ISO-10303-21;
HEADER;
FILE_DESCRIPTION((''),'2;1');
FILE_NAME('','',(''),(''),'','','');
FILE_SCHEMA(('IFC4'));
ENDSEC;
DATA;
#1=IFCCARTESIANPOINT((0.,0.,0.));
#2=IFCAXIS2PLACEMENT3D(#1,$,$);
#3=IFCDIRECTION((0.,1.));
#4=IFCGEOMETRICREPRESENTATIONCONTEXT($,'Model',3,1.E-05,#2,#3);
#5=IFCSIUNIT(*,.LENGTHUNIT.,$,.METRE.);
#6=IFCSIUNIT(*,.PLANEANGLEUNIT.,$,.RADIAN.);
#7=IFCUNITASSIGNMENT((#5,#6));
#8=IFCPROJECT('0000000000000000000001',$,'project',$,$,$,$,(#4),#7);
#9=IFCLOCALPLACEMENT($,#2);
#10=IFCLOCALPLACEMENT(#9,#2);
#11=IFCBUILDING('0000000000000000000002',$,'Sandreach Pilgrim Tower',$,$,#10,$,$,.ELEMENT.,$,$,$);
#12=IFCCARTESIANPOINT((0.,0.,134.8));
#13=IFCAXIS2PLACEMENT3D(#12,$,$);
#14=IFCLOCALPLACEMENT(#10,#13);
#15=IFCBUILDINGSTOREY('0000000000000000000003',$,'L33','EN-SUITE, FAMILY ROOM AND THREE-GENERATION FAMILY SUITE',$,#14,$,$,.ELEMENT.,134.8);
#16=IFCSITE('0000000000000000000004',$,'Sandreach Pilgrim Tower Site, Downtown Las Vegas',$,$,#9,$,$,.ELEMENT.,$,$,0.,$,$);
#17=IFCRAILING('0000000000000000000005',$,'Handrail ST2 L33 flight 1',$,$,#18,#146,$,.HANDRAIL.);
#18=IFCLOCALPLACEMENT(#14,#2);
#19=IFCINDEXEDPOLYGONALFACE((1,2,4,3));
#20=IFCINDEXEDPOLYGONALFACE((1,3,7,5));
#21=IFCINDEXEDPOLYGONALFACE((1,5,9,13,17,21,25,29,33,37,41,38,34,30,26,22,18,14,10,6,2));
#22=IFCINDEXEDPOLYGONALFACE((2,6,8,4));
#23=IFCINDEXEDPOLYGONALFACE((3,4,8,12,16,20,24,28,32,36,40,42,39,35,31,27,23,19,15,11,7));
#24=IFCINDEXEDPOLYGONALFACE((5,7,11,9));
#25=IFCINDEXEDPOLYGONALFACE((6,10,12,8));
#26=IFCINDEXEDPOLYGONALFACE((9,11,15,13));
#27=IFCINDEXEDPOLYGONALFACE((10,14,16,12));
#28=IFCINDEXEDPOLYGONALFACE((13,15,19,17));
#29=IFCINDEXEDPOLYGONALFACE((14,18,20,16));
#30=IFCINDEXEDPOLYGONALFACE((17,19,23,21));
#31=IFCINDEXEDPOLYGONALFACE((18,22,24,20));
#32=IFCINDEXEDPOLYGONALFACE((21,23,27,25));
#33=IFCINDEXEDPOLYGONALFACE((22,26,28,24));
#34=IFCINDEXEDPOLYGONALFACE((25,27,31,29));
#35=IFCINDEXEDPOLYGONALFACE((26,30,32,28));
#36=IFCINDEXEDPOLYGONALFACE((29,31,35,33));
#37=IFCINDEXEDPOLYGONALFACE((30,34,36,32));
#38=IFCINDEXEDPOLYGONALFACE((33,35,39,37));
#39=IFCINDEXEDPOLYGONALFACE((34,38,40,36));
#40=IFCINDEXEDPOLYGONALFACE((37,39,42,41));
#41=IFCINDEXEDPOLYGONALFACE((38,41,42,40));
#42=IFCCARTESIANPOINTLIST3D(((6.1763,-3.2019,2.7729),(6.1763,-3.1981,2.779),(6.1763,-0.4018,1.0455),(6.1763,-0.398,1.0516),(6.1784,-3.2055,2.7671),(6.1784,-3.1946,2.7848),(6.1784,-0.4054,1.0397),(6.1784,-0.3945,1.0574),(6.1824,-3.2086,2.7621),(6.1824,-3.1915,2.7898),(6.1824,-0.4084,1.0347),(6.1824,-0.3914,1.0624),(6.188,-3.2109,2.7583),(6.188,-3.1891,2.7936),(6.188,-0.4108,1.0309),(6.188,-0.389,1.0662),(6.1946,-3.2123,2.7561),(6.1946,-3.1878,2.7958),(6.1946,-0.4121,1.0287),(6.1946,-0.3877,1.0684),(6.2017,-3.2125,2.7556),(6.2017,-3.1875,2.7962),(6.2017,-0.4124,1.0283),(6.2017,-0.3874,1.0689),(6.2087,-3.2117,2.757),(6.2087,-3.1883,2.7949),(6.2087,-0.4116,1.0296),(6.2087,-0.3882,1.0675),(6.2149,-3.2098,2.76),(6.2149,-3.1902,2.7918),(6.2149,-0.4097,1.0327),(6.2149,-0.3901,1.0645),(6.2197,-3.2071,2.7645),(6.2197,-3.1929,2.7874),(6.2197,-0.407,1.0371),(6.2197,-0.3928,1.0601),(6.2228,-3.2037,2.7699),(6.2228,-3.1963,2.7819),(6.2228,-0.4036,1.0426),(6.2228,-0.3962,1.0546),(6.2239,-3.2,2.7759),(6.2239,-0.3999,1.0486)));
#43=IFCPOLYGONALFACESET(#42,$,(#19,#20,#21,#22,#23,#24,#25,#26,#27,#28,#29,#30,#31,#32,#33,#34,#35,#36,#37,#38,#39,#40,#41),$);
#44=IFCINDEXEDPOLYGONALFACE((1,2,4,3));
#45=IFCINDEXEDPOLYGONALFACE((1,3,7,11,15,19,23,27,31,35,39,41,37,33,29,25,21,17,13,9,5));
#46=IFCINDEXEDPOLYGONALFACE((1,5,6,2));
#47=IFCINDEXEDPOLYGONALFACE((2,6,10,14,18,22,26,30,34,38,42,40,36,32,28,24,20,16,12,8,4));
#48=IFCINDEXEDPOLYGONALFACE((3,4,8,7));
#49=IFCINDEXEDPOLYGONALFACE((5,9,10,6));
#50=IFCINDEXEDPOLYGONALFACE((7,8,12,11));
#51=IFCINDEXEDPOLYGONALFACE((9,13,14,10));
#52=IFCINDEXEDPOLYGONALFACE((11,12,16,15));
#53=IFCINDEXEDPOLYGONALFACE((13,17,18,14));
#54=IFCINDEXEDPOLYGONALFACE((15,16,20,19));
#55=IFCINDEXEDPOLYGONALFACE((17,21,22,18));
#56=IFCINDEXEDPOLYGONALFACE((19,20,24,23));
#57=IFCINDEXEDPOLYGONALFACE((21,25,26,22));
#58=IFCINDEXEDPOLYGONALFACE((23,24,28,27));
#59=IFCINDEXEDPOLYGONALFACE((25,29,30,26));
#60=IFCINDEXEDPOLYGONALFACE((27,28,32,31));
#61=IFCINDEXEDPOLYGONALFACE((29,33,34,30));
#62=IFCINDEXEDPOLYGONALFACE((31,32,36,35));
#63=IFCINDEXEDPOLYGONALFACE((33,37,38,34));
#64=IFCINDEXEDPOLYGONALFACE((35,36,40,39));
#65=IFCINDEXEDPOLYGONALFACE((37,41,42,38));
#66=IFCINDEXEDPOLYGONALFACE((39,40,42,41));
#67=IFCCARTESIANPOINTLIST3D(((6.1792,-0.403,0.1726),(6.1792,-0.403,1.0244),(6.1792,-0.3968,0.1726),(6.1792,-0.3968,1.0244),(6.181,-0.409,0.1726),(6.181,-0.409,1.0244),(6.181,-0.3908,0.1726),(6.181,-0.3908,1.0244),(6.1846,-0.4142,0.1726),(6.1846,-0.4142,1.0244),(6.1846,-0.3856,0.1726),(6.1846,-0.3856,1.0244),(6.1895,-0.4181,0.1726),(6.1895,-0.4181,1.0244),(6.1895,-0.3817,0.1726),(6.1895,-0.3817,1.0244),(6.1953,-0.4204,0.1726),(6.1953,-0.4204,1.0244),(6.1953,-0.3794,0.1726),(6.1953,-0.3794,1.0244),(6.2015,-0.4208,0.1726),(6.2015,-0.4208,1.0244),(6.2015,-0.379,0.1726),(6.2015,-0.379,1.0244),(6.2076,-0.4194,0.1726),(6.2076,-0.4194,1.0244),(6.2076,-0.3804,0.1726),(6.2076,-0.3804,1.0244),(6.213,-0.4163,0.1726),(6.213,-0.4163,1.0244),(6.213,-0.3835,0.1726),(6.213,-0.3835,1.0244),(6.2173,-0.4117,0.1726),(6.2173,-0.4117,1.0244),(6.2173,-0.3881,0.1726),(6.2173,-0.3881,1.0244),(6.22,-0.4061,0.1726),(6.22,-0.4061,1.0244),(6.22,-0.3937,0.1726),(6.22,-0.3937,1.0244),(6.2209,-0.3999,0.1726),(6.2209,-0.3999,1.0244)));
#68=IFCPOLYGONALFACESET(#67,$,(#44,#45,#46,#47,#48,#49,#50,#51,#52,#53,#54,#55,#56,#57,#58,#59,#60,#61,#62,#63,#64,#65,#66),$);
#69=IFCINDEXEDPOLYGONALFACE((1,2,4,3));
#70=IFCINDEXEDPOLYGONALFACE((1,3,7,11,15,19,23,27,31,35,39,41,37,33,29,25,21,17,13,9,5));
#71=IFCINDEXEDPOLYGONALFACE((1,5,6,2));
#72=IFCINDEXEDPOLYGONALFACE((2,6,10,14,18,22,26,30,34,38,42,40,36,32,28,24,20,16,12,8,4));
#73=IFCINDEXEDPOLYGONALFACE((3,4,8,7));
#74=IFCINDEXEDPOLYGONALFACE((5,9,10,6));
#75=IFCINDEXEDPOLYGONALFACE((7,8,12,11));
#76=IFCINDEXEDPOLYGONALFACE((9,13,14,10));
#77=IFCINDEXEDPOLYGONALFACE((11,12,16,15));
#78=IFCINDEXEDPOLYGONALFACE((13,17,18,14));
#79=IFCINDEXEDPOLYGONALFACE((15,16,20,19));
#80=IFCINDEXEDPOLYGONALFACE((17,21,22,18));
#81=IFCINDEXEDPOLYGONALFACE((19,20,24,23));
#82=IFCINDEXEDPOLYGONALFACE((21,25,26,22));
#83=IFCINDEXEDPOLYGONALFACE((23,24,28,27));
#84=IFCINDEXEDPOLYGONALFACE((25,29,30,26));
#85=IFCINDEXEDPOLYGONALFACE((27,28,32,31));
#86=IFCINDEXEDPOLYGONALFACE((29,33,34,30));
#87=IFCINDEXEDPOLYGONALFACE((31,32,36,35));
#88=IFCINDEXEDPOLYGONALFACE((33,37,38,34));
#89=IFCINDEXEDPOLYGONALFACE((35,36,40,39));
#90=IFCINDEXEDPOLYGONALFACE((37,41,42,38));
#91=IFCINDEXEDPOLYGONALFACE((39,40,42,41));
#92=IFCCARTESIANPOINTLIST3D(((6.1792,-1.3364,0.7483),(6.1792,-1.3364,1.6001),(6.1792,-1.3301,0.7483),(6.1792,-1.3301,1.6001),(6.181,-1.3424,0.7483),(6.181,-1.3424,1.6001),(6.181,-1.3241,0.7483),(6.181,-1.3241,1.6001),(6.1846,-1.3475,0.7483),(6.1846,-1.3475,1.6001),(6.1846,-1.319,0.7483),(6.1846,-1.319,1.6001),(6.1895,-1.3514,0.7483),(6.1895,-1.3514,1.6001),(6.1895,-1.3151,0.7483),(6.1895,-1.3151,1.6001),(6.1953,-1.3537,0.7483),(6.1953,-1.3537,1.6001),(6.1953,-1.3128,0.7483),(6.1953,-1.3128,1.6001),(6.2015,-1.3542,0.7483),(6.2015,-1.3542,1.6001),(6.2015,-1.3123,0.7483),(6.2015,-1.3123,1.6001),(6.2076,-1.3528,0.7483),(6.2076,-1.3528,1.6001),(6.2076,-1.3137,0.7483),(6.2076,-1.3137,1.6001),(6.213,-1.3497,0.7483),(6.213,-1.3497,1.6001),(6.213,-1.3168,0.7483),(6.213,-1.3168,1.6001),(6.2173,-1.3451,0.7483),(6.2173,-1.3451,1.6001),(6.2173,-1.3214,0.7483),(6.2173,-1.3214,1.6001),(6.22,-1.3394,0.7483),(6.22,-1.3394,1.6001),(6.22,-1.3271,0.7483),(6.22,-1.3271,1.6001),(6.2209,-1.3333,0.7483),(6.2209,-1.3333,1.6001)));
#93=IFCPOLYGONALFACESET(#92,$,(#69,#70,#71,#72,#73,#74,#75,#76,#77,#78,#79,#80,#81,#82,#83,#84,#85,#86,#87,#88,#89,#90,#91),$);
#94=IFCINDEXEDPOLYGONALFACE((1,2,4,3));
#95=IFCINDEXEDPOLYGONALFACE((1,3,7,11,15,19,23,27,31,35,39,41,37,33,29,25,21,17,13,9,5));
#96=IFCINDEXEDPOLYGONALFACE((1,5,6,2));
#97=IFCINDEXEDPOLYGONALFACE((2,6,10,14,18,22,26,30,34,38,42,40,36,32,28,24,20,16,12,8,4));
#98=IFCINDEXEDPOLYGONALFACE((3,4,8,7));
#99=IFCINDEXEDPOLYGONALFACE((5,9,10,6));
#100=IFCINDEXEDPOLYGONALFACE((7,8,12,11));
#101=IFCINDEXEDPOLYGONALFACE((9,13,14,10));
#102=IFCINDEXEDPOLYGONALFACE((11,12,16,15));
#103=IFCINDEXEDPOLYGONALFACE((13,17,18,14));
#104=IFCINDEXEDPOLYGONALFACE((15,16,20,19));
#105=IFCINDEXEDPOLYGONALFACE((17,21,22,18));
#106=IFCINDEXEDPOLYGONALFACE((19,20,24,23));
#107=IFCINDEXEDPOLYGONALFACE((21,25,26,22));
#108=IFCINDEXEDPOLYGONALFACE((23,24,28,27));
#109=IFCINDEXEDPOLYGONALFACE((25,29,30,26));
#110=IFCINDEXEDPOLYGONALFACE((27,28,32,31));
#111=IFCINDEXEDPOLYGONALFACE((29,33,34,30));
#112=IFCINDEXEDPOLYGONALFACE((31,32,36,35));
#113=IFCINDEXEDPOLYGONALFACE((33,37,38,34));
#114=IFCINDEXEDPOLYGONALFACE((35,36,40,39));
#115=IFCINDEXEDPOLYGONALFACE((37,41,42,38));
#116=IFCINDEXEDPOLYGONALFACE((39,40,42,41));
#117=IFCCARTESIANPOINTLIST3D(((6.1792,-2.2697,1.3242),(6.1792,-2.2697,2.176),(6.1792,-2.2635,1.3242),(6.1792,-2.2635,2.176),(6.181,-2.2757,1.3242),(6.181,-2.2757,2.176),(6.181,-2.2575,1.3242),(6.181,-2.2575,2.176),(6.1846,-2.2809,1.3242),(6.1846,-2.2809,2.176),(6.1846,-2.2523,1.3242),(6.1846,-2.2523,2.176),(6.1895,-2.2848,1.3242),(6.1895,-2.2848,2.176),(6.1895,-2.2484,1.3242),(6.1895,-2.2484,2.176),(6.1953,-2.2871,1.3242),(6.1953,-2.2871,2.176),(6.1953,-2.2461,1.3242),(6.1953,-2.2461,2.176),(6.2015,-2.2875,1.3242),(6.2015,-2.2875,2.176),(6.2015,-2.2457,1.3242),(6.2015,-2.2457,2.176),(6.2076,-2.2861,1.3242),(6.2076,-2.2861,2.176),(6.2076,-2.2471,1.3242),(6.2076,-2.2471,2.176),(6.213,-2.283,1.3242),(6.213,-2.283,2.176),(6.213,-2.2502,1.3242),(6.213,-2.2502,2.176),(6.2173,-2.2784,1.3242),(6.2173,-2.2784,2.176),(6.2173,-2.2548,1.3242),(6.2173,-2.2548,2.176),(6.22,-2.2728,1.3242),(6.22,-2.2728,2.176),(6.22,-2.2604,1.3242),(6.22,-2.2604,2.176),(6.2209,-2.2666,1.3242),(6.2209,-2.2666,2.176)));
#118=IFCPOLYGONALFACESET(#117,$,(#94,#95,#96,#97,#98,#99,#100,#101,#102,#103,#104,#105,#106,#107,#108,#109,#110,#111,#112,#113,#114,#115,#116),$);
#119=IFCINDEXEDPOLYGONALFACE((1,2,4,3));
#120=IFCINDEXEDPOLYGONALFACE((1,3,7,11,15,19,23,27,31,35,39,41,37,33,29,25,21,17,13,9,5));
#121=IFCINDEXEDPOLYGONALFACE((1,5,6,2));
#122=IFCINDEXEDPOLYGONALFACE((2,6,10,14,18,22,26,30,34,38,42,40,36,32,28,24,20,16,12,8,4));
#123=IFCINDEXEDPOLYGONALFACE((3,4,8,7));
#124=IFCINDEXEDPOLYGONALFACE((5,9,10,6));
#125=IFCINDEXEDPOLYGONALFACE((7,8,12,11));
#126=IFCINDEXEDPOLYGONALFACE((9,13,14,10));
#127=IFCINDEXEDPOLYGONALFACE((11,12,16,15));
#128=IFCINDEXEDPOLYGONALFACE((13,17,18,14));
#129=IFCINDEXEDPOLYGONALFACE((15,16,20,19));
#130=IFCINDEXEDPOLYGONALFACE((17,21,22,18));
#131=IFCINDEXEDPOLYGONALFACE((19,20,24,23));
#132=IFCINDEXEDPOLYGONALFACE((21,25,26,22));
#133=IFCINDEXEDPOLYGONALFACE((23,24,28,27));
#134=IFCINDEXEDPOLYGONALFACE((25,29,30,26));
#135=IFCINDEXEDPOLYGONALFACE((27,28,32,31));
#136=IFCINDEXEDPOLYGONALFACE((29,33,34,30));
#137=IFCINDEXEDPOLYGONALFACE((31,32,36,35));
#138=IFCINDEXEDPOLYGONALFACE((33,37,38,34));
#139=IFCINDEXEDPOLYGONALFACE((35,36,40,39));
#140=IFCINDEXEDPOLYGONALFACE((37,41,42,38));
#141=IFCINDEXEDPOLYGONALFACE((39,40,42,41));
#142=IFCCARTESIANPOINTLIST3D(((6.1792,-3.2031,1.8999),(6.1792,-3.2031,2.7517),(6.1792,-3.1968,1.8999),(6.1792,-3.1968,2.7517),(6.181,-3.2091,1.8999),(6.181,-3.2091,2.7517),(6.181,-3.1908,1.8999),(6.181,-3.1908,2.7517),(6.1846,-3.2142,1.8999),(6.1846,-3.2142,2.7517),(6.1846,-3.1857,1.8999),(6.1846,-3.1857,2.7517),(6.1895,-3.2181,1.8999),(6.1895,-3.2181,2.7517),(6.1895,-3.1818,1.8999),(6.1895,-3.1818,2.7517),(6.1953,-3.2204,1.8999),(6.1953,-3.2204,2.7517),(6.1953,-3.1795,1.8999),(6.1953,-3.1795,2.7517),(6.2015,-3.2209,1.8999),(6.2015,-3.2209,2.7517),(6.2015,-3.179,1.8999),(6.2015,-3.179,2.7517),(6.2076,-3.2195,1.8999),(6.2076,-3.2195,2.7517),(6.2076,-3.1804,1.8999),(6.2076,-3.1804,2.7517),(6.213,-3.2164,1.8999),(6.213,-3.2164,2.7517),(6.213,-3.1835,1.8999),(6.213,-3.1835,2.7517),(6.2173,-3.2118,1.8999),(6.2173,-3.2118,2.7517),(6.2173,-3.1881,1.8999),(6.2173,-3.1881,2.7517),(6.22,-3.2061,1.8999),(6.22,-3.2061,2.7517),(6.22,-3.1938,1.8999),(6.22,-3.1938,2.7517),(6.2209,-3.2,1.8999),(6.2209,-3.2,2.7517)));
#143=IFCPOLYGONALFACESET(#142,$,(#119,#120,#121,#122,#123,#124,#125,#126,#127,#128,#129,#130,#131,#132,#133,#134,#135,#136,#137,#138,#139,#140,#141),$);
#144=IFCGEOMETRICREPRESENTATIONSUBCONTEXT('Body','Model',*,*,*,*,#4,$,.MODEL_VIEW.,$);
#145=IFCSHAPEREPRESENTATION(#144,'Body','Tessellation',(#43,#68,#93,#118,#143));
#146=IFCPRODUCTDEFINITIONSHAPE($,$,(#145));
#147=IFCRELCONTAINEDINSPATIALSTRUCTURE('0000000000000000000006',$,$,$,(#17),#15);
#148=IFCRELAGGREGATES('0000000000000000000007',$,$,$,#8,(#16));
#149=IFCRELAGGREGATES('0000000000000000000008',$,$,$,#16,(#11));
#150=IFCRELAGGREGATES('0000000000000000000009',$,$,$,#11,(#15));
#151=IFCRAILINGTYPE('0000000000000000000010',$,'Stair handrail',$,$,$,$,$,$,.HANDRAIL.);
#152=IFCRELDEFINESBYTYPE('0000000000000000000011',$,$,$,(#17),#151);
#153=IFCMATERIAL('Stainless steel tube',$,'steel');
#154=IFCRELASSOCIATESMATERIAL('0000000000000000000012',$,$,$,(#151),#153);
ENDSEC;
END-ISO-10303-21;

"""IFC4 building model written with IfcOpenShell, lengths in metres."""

from ifc_helpers import new_model, si_unit, direction, frame, origin, origin_2d, place, context, subcontext, project, spatial, circle, extrude, material, type_object, element, save


model = new_model("IFC4")

# Units and contexts
model_context = context("Model", 3, precision=1e-05, world=origin(), true_north=direction((0.0, 1.0)))
body_context = subcontext(model_context, "Body", "Model", "MODEL_VIEW")
ifc_project = project(units=[si_unit("LENGTHUNIT", "METRE"), si_unit("PLANEANGLEUNIT", "RADIAN")], contexts=[model_context])

# Site, building, storey
site_placement = place(None, origin())
site = spatial("IfcSite", under=ifc_project, at=site_placement, Name="Sandreach Pilgrim Tower Site, Downtown Las Vegas", CompositionType="ELEMENT", RefElevation=0.0)
building_placement = place(site_placement, origin())
building = spatial("IfcBuilding", under=site, at=building_placement, Name="Sandreach Pilgrim Tower", CompositionType="ELEMENT")
storey_placement = place(building_placement, frame((0.0, 0.0, 134.8)))
storey = spatial("IfcBuildingStorey", under=building, at=storey_placement, Name="L33", Description="EN-SUITE, FAMILY ROOM AND THREE-GENERATION FAMILY SUITE", CompositionType="ELEMENT", Elevation=134.8)

# Railing
ifc_material_1 = material(Name="Stainless steel tube", Category="steel")
railing_type = type_object("IfcRailingType", Name="Stair handrail", PredefinedType="HANDRAIL", material=ifc_material_1)
for number, where, name in (
    (1, (6.2, -0.3999, 0.1726), "Handrail ST2 L33 flight 1"),
):
    element("IfcRailing", number, at=place(storey_placement, frame(where)), inside=storey, type_object=railing_type, Name=name, PredefinedType="HANDRAIL", context=body_context, shape_type="SweptSolid", body=[
        extrude(circle(Radius=0.0239, at=origin_2d()), frame((0.0, 0.0, 0.876), z_axis=(0.0, -0.85109, 0.52502), x_axis=(1.0, 0.0, 0.0)), (0.0, 0.0, 1.0), 3.29),
        extrude(circle(Radius=0.021, at=origin_2d()), origin(), (0.0, 0.0, 1.0), 0.8518),
        extrude(circle(Radius=0.021, at=origin_2d()), frame((0.0, -0.9333, 0.5757)), (0.0, 0.0, 1.0), 0.8518),
        extrude(circle(Radius=0.021, at=origin_2d()), frame((0.0, -1.8667, 1.1516)), (0.0, 0.0, 1.0), 0.8518),
        extrude(circle(Radius=0.021, at=origin_2d()), frame((0.0, -2.8, 1.7273)), (0.0, 0.0, 1.0), 0.8518),
    ])

save(model, "model.ifc")
